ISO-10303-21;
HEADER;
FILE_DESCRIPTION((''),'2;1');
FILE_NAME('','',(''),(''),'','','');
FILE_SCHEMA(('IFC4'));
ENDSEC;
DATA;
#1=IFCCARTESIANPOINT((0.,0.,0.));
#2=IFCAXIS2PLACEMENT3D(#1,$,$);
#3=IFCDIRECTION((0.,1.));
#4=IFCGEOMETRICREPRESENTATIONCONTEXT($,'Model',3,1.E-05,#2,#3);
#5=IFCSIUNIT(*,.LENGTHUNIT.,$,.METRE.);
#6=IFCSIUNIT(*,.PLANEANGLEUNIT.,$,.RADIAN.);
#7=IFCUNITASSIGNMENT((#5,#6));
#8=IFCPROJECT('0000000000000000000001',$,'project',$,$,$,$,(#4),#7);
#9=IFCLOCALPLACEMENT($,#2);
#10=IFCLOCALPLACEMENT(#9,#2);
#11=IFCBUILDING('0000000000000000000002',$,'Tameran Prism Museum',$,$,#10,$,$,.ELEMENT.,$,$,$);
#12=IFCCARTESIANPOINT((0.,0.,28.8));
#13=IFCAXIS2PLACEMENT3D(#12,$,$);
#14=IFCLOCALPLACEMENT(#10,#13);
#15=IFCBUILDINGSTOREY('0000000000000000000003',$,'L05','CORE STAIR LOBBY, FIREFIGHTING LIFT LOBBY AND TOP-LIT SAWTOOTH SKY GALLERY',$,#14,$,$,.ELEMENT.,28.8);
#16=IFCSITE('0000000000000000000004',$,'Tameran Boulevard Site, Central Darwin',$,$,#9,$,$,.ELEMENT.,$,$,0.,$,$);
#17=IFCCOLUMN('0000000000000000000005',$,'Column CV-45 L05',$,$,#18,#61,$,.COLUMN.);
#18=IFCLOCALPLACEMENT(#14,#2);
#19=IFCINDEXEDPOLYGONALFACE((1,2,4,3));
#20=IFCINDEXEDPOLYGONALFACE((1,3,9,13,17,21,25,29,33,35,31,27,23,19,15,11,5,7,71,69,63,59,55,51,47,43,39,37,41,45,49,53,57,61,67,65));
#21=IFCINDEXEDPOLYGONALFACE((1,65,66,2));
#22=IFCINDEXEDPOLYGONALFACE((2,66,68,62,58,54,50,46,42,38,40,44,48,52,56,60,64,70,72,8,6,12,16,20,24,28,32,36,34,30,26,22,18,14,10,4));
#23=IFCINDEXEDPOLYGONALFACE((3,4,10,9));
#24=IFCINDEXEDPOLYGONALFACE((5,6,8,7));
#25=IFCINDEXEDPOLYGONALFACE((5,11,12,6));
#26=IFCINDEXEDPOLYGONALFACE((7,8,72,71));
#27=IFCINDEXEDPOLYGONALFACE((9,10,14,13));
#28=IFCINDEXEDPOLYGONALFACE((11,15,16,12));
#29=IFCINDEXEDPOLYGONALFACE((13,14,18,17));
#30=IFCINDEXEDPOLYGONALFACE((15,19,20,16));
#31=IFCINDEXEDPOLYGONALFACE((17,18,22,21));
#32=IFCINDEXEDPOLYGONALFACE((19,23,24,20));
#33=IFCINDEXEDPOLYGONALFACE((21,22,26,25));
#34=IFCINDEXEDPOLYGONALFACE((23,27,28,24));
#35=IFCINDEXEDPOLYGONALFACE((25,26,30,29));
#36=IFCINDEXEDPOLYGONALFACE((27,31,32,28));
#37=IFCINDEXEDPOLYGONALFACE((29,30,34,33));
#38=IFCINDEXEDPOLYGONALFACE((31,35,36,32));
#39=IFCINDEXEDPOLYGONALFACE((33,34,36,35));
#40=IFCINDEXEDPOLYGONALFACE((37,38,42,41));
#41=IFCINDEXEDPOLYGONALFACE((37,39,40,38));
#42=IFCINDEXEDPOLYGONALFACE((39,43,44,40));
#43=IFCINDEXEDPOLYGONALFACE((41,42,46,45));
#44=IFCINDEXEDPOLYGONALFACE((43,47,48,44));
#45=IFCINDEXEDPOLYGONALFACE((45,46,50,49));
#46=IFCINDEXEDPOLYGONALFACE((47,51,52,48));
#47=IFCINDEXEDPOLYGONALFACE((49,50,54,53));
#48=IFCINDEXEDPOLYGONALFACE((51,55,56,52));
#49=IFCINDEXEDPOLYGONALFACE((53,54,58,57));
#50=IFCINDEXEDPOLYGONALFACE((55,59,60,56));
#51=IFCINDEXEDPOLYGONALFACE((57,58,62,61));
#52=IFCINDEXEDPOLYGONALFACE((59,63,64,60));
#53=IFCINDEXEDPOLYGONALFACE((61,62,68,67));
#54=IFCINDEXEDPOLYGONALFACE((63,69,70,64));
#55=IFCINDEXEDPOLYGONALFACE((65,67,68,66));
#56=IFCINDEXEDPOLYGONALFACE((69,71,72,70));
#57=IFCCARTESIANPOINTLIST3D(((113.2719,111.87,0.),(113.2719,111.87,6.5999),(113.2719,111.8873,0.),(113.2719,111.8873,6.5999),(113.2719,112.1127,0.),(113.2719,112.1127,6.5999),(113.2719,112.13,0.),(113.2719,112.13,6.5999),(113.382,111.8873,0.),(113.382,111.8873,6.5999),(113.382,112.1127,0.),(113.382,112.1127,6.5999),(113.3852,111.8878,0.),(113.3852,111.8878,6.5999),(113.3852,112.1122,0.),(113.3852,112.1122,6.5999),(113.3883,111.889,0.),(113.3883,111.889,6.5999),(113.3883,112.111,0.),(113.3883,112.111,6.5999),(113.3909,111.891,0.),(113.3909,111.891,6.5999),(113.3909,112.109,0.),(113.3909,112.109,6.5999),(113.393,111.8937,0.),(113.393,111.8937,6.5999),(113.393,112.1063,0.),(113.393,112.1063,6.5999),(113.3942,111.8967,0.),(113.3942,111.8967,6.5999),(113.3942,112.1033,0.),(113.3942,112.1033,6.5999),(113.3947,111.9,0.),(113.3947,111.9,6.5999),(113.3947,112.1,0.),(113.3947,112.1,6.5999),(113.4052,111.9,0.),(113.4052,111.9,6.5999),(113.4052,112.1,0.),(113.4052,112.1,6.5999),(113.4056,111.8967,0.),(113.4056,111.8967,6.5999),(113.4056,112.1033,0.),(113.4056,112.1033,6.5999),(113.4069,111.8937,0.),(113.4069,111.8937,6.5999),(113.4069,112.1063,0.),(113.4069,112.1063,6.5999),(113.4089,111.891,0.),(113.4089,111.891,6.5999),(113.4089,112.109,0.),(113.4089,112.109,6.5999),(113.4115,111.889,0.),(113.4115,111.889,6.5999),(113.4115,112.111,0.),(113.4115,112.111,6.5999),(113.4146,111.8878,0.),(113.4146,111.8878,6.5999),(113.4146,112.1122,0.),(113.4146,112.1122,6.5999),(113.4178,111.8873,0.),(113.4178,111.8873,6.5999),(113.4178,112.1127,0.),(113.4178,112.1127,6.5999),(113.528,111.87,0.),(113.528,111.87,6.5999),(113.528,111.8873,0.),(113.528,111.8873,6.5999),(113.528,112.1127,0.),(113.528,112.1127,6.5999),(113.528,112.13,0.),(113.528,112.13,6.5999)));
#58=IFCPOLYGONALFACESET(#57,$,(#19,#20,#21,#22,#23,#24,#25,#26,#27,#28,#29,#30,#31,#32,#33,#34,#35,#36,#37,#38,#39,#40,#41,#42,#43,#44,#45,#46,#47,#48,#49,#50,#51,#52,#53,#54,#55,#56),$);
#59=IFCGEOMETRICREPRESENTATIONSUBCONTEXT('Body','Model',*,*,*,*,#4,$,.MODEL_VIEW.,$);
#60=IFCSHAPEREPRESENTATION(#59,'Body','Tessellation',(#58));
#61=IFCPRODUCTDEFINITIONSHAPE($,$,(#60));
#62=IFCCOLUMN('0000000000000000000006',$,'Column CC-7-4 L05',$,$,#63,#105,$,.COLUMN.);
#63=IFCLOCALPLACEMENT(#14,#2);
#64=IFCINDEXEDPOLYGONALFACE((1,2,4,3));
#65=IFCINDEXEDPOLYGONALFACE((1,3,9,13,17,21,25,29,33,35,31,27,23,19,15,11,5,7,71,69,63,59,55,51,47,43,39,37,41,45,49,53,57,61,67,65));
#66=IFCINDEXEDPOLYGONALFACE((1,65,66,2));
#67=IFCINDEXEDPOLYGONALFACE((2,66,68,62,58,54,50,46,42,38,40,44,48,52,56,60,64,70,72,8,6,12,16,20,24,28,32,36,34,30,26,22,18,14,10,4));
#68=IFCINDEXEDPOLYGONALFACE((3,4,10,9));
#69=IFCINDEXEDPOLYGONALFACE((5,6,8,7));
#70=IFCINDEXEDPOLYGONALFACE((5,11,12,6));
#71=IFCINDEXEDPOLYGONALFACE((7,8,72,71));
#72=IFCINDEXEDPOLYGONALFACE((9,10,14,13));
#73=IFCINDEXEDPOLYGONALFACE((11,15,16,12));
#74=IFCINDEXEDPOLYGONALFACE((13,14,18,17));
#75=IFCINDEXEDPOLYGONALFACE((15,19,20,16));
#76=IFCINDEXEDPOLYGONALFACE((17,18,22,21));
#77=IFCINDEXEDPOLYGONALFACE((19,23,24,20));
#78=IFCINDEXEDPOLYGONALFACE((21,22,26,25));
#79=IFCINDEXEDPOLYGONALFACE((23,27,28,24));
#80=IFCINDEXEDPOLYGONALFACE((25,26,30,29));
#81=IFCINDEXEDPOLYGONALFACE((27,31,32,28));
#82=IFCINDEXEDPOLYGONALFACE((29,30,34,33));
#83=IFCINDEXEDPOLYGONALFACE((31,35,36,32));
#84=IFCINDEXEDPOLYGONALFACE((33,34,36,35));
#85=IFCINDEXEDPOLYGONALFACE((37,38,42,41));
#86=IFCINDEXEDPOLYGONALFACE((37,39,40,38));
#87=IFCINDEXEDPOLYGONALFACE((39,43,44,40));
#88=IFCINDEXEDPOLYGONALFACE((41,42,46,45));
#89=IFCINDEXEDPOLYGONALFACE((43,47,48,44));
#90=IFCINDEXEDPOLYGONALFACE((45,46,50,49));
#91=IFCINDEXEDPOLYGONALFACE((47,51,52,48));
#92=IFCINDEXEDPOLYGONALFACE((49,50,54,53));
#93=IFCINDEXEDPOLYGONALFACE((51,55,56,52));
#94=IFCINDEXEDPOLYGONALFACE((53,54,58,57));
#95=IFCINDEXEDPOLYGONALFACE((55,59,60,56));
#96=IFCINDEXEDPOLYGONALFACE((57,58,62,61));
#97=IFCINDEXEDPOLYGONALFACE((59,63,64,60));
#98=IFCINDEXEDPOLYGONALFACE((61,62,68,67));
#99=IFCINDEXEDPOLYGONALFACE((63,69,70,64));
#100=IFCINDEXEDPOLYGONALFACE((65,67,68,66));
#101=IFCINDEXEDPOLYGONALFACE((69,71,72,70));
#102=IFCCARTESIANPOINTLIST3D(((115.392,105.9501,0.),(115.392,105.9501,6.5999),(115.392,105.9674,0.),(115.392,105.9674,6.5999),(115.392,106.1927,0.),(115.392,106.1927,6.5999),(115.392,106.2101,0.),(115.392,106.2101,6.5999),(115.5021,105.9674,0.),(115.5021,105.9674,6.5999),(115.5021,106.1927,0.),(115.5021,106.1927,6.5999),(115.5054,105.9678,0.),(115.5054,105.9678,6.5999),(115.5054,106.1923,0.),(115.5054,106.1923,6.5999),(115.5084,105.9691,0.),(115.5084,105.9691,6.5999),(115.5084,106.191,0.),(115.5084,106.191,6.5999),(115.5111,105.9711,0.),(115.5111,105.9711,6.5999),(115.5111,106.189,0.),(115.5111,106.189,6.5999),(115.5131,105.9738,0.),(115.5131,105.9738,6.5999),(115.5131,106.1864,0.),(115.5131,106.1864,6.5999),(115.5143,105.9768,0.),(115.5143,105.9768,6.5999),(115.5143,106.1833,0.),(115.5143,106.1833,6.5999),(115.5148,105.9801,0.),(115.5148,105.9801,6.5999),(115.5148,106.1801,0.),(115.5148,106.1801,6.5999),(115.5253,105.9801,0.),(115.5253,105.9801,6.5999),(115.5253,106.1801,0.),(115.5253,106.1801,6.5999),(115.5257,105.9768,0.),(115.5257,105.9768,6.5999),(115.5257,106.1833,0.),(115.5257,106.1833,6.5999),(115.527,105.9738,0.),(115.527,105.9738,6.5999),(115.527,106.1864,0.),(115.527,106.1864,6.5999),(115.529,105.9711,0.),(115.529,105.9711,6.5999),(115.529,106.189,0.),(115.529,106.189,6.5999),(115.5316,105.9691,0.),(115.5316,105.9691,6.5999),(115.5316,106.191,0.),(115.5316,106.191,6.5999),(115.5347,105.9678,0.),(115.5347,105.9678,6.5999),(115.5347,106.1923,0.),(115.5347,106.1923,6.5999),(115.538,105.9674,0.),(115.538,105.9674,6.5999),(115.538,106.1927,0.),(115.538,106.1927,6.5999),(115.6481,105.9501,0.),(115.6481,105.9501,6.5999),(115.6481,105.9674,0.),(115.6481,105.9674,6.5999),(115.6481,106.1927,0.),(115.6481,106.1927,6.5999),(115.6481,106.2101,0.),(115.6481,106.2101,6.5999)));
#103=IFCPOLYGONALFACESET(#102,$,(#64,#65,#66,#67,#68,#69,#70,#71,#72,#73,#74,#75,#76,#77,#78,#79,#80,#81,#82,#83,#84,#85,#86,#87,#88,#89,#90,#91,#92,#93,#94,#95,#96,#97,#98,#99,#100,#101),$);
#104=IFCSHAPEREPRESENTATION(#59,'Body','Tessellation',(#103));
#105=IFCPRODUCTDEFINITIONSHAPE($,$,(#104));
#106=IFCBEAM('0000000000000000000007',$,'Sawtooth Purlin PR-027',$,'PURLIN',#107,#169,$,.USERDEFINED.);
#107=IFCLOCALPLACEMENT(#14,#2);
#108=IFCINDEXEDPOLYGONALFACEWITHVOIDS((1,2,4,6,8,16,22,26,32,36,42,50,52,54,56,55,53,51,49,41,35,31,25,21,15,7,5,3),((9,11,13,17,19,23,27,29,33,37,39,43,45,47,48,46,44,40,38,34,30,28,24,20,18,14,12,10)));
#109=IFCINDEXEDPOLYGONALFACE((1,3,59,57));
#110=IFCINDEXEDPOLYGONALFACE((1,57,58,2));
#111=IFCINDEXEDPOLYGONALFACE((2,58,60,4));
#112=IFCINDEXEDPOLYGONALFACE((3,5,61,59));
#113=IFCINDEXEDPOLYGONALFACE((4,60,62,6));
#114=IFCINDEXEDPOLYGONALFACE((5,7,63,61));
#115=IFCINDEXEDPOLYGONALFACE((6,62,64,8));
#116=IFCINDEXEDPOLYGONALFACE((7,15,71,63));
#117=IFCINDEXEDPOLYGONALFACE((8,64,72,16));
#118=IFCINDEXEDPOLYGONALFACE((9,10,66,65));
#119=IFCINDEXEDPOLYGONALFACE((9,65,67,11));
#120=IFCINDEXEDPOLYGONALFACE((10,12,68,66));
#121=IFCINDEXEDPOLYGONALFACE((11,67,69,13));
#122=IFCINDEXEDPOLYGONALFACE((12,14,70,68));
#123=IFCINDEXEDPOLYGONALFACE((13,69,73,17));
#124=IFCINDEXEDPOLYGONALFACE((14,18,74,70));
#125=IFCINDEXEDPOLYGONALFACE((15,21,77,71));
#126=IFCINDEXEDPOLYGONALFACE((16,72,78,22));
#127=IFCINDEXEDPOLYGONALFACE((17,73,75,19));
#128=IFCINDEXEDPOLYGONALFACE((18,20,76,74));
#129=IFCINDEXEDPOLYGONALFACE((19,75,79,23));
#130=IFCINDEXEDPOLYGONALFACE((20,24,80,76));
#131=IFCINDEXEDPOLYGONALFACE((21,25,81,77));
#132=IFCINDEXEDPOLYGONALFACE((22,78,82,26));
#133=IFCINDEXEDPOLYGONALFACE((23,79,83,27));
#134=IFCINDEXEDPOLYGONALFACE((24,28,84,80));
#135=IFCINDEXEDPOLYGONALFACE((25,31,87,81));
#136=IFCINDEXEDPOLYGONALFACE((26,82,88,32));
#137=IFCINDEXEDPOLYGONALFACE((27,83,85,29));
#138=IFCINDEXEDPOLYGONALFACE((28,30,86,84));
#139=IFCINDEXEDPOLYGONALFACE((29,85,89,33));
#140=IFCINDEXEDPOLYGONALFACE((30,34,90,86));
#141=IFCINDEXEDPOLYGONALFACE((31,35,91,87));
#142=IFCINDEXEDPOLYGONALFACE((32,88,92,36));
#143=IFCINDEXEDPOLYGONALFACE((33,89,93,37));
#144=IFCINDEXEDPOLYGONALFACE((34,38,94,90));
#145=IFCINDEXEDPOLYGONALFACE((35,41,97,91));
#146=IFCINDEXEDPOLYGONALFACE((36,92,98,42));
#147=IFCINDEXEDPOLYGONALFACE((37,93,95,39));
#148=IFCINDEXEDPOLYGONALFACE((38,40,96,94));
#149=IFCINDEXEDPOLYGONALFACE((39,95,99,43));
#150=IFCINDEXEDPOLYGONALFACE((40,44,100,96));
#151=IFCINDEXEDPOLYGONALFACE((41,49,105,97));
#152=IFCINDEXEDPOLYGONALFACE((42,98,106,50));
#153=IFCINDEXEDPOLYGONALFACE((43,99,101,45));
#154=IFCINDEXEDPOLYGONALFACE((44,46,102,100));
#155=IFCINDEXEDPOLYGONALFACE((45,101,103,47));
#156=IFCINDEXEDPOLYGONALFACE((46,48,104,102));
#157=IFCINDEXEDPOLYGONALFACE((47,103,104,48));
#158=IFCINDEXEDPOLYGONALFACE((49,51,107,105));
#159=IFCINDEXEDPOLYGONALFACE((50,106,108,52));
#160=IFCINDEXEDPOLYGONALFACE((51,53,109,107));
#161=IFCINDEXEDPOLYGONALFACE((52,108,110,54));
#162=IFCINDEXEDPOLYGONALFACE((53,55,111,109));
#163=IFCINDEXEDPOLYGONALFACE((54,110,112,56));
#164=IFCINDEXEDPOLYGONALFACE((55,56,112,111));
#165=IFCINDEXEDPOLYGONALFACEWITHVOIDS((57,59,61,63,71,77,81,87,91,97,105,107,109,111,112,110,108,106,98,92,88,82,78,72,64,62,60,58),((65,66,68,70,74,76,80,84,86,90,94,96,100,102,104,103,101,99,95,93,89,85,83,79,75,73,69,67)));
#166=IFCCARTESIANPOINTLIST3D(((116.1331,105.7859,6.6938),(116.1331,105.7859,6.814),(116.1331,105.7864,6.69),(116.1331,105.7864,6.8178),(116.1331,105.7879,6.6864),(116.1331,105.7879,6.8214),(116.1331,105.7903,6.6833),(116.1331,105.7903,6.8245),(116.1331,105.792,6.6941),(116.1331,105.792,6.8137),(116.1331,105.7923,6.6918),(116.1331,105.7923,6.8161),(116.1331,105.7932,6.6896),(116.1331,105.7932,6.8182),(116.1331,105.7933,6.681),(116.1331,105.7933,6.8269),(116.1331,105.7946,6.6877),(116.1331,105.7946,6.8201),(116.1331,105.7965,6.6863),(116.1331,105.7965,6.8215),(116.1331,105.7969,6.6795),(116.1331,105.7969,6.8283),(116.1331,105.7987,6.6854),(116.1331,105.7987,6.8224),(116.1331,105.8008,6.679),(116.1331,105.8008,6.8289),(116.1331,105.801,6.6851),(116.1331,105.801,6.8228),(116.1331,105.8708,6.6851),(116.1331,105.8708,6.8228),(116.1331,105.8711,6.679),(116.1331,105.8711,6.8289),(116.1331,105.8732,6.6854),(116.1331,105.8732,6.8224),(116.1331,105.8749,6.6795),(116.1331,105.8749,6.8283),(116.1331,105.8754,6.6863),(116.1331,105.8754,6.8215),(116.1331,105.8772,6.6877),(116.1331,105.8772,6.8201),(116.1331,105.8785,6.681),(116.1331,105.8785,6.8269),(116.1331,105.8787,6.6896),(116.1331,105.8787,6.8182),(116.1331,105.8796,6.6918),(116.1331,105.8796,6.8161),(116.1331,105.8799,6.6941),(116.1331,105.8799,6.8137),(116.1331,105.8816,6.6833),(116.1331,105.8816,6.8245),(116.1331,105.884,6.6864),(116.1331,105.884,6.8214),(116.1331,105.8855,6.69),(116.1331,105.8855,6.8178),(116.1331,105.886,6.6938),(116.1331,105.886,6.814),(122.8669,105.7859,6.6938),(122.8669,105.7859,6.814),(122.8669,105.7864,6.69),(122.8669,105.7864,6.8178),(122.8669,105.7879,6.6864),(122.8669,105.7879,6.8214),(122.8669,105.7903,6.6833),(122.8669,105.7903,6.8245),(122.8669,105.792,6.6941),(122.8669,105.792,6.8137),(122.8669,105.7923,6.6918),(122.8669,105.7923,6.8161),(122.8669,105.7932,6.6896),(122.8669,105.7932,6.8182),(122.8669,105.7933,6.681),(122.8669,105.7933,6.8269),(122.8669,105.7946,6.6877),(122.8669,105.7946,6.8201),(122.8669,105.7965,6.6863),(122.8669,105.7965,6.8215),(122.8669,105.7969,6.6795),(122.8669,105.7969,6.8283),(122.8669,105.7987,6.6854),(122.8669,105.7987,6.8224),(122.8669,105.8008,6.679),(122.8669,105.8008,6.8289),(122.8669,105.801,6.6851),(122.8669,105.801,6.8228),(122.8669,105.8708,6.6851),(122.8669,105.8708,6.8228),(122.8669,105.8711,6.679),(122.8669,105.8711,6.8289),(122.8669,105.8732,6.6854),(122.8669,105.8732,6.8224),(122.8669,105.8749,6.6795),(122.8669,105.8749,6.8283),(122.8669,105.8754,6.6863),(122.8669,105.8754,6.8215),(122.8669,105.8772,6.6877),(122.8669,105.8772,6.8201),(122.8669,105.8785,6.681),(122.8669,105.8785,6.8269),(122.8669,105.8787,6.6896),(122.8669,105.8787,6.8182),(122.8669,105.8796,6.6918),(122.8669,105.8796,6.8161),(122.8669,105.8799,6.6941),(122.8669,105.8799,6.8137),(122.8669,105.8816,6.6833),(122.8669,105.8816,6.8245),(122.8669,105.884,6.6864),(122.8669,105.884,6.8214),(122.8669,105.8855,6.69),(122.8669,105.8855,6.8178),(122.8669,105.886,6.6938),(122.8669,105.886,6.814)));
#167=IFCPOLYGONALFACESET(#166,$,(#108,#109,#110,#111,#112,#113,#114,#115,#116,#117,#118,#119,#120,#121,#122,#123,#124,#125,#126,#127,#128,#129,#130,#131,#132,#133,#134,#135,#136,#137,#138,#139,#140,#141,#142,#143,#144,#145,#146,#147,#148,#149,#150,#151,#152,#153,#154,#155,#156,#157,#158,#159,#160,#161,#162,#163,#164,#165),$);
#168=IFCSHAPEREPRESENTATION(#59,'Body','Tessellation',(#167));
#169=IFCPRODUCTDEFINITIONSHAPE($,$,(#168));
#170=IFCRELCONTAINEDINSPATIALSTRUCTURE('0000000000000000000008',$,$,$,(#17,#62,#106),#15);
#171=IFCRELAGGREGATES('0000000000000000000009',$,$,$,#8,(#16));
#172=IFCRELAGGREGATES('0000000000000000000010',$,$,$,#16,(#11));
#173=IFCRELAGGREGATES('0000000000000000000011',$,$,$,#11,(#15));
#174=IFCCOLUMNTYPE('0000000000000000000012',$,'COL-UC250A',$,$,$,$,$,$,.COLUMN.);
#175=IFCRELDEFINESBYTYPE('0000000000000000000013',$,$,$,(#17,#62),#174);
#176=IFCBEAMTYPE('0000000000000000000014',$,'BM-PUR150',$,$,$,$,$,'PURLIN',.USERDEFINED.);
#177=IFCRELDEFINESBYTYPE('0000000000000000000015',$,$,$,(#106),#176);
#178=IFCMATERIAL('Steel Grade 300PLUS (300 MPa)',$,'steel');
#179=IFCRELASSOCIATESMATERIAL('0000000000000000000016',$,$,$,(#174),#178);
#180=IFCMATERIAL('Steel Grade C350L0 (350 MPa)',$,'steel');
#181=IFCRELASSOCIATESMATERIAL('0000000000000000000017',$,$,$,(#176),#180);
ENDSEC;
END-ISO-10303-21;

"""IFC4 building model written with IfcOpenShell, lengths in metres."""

from ifc_helpers import new_model, si_unit, direction, frame, origin, origin_2d, place, context, subcontext, project, spatial, hollow_rectangle, i_section, extrude, material, material_profile, profile_set, type_object, element, save


model = new_model("IFC4")

# Units and contexts
model_context = context("Model", 3, precision=1e-05, world=origin(), true_north=direction((0.0, 1.0)))
body_context = subcontext(model_context, "Body", "Model", "MODEL_VIEW")
ifc_project = project(units=[si_unit("LENGTHUNIT", "METRE"), si_unit("PLANEANGLEUNIT", "RADIAN")], contexts=[model_context])

# Site, building, storey
site_placement = place(None, origin())
site = spatial("IfcSite", under=ifc_project, at=site_placement, Name="Tameran Boulevard Site, Central Darwin", CompositionType="ELEMENT", RefElevation=0.0)
building_placement = place(site_placement, origin())
building = spatial("IfcBuilding", under=site, at=building_placement, Name="Tameran Prism Museum", CompositionType="ELEMENT")
storey_placement = place(building_placement, frame((0.0, 0.0, 28.8)))
storey = spatial("IfcBuildingStorey", under=building, at=storey_placement, Name="L05", Description="CORE STAIR LOBBY, FIREFIGHTING LIFT LOBBY AND TOP-LIT SAWTOOTH SKY GALLERY", CompositionType="ELEMENT", Elevation=28.8)

# Columns
ifc_material_1 = material(Name="Steel Grade 300PLUS (300 MPa)", Category="steel")
ifc_material_profile_1 = material_profile(ifc_material_1, i_section(OverallWidth=0.2561, OverallDepth=0.26, WebThickness=0.0105, FlangeThickness=0.0173, FilletRadius=0.0127, at=origin_2d()))
ifc_profile_set_1 = profile_set([ifc_material_profile_1])
column_type = type_object("IfcColumnType", Name="COL-UC250A", PredefinedType="COLUMN", material=ifc_profile_set_1)
for number, where, z_axis, x_axis, name in (
    (1, (113.3999, 112.0, 0.0), (0.0, 0.0, 1.0), (1.0, 0.0, 0.0), "Column CV-45 L05"),
    (2, (115.52, 106.0801, 0.0), (0.0, 0.0, 1.0), (1.0, 0.0, 0.0), "Column CC-7-4 L05"),
):
    element("IfcColumn", number, at=place(storey_placement, frame(where, z_axis=z_axis, x_axis=x_axis)), inside=storey, type_object=column_type, Name=name, PredefinedType="COLUMN", context=body_context, shape_type="SweptSolid", body=[
        extrude(i_section(OverallWidth=0.2561, OverallDepth=0.26, WebThickness=0.0105, FlangeThickness=0.0173, FilletRadius=0.0127, at=origin_2d()), origin(), (0.0, 0.0, 1.0), 6.5999),
    ])

# Beam
ifc_material_2 = material(Name="Steel Grade C350L0 (350 MPa)", Category="steel")
ifc_material_profile_2 = material_profile(ifc_material_2, hollow_rectangle(XDim=0.1001, YDim=0.1499, WallThickness=0.0061, InnerFilletRadius=0.009, OuterFilletRadius=0.0149, at=origin_2d()))
ifc_profile_set_2 = profile_set([ifc_material_profile_2])
beam_type_1 = type_object("IfcBeamType", Name="BM-PUR150", ElementType="PURLIN", PredefinedType="USERDEFINED", material=ifc_profile_set_2)
beam_1_placement = place(storey_placement, frame((116.1331, 105.8359, 6.7539), z_axis=(1.0, 0.0, 0.0), x_axis=(0.0, 1.0, 0.0)))
element("IfcBeam", 3, at=beam_1_placement, inside=storey, type_object=beam_type_1, Name="Sawtooth Purlin PR-027", ObjectType="PURLIN", PredefinedType="USERDEFINED", context=body_context, shape_type="SweptSolid", body=[
    extrude(hollow_rectangle(XDim=0.1001, YDim=0.1499, WallThickness=0.0061, InnerFilletRadius=0.009, OuterFilletRadius=0.0149, at=origin_2d()), origin(), (0.0, 0.0, 1.0), 6.7339),
])

save(model, "model.ifc")
